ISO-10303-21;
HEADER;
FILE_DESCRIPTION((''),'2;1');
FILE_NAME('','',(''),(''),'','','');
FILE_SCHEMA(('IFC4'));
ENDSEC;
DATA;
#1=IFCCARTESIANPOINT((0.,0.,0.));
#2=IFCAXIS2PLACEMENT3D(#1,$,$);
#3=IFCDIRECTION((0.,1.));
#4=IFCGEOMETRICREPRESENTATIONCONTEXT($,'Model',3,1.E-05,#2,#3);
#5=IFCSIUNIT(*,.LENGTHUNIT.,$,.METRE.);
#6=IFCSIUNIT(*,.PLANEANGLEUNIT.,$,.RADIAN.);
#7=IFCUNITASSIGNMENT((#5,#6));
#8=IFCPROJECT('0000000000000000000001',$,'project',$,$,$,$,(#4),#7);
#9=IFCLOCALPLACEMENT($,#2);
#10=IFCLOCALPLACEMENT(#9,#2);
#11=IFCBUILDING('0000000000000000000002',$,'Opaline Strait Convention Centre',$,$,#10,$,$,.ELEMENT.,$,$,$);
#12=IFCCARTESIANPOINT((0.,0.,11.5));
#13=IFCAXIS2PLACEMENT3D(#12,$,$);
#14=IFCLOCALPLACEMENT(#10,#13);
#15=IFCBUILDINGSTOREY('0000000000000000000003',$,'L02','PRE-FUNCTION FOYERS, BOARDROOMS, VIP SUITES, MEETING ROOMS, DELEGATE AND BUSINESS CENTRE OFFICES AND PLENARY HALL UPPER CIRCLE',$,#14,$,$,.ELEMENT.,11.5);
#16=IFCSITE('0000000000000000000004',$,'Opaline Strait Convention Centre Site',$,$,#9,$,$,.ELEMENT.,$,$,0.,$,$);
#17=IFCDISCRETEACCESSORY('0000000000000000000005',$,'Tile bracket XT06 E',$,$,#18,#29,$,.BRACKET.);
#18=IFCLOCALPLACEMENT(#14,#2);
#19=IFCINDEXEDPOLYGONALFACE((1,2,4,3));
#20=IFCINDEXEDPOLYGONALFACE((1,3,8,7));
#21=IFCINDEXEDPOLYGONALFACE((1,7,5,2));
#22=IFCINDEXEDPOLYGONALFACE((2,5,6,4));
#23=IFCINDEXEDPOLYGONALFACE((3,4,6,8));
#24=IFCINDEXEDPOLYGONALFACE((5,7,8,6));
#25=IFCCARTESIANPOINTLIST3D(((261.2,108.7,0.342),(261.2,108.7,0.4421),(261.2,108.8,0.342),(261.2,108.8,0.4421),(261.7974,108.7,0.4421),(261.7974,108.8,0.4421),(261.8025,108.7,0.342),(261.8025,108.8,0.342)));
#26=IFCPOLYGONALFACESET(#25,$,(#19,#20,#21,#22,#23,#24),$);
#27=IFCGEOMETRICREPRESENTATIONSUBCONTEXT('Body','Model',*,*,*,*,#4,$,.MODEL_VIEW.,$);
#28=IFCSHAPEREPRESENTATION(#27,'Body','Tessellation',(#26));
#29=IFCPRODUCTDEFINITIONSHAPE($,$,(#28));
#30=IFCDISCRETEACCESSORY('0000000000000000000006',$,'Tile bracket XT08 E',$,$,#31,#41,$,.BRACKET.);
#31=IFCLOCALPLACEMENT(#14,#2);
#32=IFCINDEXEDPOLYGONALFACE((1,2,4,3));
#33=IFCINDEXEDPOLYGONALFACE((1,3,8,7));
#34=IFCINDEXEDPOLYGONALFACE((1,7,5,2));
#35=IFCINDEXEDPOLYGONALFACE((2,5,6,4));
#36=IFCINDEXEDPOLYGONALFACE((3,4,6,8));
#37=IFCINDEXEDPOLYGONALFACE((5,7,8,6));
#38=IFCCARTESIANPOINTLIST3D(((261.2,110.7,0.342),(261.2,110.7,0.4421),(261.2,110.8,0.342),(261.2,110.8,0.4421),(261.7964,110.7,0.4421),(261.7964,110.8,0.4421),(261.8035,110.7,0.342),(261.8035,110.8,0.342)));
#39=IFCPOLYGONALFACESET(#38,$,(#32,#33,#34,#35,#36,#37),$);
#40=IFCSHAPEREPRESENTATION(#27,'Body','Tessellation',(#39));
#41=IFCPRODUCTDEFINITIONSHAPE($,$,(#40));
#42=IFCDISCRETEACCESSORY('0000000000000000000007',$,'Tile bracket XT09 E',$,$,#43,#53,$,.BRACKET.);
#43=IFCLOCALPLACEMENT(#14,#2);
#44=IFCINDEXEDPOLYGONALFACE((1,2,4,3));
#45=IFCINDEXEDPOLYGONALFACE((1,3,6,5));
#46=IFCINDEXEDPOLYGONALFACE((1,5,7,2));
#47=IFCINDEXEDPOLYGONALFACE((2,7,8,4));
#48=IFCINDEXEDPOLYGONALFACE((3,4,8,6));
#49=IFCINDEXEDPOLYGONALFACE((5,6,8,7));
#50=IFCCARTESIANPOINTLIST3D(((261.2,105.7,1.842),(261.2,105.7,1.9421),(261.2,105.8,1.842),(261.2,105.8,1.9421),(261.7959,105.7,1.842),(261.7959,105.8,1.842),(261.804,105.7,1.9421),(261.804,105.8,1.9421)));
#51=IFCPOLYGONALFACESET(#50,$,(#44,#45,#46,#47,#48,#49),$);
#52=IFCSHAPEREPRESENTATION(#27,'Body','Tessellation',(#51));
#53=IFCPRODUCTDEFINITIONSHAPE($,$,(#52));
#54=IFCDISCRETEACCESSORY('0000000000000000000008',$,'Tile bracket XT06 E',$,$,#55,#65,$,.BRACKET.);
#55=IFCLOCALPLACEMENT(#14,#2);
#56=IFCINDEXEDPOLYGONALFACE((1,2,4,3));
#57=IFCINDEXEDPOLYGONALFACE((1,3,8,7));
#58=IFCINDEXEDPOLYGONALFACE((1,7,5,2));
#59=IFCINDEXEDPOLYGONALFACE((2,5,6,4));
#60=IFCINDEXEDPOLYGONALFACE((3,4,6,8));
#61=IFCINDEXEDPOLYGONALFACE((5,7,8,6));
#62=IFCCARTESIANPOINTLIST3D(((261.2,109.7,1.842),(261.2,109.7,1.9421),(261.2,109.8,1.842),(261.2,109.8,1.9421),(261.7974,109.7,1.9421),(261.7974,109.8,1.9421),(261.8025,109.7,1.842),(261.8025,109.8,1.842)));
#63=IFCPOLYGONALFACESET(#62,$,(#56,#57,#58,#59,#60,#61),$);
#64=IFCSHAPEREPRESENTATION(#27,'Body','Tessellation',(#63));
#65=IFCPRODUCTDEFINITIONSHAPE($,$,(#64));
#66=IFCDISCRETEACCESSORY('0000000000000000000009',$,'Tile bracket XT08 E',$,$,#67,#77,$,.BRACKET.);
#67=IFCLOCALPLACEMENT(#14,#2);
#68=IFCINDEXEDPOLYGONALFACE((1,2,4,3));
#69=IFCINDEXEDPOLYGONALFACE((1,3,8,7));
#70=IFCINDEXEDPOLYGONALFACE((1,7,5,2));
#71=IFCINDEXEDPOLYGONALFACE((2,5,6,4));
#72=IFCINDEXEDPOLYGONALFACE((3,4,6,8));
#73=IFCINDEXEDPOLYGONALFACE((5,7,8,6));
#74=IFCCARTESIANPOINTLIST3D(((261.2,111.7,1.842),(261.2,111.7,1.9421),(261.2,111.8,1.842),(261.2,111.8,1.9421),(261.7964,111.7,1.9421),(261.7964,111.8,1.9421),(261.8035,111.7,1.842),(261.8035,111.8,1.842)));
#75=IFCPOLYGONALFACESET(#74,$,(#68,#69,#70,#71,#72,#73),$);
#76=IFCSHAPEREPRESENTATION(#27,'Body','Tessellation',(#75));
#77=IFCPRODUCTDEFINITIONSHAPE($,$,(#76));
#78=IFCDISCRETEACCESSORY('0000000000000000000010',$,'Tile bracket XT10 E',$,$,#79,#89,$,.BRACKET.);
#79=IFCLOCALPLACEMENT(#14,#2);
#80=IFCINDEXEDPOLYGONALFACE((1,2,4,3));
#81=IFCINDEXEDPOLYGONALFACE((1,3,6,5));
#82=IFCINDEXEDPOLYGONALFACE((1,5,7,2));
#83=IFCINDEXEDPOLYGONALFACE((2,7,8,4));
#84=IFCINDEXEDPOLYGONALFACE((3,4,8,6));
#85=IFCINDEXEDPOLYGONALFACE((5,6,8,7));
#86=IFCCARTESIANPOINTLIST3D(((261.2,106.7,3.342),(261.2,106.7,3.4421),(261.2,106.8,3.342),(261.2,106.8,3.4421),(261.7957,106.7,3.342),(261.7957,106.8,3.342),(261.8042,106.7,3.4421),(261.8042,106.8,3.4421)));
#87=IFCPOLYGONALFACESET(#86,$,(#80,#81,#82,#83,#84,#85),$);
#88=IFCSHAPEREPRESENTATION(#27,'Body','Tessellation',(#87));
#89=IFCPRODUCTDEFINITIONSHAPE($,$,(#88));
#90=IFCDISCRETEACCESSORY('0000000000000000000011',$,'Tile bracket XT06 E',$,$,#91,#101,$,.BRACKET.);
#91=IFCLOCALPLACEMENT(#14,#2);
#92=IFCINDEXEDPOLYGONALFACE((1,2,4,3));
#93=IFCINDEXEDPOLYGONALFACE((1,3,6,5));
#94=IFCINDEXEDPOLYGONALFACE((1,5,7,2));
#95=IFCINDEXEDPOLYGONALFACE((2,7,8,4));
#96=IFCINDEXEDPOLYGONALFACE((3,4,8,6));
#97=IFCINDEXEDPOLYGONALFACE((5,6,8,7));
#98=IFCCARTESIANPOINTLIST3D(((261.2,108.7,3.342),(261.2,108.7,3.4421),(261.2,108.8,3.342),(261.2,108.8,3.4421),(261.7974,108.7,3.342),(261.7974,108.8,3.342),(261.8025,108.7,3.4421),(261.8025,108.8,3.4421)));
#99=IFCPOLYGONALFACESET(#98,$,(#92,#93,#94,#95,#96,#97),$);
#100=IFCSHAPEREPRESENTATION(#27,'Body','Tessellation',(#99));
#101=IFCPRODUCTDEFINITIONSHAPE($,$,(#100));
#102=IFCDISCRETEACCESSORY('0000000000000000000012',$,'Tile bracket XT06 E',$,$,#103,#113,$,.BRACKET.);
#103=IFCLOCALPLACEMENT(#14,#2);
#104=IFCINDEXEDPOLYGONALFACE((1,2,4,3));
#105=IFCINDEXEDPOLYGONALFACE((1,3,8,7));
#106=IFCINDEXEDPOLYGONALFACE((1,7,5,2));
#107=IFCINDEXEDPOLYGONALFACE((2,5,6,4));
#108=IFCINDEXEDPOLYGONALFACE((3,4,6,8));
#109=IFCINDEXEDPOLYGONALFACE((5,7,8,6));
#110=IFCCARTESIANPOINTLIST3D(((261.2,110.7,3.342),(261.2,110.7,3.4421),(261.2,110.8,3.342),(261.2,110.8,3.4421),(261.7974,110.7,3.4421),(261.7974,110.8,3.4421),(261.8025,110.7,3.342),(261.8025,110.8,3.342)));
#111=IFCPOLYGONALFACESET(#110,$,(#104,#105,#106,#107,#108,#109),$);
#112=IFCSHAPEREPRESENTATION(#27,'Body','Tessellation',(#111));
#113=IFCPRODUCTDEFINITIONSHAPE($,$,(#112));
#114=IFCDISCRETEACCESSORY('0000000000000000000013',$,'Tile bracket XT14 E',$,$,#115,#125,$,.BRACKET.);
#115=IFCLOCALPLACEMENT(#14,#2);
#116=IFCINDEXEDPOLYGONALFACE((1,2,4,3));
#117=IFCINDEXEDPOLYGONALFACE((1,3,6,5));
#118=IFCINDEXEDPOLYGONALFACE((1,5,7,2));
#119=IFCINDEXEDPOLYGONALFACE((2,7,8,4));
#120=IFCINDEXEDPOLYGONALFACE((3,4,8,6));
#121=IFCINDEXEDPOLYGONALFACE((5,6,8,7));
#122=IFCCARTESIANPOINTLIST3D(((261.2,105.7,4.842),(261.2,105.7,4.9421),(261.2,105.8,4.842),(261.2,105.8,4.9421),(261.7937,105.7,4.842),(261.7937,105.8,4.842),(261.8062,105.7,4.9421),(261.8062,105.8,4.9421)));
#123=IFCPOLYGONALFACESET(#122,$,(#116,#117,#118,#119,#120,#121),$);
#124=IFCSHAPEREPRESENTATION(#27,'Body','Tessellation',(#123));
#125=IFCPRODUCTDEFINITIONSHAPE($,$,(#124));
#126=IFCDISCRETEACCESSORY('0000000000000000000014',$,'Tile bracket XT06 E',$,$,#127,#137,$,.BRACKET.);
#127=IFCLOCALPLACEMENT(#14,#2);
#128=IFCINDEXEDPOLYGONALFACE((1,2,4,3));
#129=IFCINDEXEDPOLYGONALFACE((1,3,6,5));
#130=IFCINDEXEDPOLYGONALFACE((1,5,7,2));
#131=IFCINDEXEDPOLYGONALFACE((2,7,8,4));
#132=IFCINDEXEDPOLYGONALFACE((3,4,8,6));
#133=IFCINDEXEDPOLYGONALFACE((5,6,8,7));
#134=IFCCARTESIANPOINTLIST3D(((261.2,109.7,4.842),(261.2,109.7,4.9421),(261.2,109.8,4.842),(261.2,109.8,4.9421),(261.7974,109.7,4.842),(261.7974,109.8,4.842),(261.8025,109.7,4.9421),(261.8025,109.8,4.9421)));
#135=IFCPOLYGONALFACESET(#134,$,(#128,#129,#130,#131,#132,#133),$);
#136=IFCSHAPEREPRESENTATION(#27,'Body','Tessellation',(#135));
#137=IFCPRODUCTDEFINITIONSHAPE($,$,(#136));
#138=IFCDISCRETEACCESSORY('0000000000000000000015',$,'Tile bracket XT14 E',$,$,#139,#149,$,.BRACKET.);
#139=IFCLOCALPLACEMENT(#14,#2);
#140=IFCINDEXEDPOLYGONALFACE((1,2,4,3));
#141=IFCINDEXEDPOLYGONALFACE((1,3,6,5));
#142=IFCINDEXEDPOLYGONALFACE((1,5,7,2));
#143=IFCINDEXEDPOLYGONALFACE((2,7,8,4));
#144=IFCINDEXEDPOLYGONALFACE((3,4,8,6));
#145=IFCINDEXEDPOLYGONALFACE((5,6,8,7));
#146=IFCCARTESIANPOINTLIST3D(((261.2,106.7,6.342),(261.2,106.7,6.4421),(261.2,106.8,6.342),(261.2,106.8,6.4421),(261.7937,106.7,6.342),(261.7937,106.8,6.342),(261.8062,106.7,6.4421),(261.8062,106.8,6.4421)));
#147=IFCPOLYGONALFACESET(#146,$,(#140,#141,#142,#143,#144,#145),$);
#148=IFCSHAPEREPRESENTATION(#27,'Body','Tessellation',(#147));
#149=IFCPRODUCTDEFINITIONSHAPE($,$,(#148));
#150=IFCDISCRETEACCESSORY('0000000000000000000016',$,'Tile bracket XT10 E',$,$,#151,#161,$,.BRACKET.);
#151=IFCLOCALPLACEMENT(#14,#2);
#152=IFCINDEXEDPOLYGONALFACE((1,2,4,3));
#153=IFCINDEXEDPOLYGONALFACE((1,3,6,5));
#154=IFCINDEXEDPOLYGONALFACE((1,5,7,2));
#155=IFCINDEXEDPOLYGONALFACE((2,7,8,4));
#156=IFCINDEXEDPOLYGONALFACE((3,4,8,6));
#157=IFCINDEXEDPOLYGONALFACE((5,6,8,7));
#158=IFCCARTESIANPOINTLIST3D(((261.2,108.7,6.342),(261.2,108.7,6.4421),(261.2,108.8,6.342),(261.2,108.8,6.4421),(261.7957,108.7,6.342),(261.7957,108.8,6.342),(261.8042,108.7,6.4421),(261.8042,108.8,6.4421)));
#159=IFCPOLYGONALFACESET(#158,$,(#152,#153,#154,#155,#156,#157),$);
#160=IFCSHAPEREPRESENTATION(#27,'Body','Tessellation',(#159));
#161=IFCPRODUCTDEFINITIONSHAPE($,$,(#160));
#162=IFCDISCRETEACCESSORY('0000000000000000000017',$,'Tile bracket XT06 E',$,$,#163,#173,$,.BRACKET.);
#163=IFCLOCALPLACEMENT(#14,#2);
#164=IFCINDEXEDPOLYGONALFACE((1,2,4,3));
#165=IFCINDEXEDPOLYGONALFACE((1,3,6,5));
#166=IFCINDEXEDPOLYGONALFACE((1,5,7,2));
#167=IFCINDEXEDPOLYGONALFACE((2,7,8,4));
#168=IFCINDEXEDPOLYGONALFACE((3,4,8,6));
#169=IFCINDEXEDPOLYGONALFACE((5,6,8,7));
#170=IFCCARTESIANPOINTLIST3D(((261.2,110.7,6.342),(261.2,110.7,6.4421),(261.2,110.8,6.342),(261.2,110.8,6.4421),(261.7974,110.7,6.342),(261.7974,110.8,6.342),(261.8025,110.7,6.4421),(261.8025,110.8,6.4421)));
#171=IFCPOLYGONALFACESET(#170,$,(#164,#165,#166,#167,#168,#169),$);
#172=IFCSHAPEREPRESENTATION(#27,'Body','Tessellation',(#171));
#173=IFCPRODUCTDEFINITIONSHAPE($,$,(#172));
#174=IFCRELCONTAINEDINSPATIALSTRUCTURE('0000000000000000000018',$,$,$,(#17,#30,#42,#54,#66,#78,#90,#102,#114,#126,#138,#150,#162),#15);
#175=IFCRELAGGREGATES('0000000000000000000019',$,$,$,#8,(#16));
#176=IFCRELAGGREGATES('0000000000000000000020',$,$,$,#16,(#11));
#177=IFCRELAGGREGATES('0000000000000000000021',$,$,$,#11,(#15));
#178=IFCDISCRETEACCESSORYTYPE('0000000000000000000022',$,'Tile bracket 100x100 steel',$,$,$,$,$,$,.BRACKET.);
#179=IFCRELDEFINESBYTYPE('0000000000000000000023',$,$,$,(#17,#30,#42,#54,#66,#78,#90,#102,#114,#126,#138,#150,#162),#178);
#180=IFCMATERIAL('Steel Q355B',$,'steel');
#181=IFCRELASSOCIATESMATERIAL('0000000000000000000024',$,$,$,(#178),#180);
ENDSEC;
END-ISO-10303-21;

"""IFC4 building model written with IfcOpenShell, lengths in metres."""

from ifc_helpers import new_model, si_unit, direction, frame, origin, place, context, subcontext, project, spatial, polyline, outline, extrude, material, type_object, element, save


model = new_model("IFC4")

# Units and contexts
model_context = context("Model", 3, precision=1e-05, world=origin(), true_north=direction((0.0, 1.0)))
body_context = subcontext(model_context, "Body", "Model", "MODEL_VIEW")
ifc_project = project(units=[si_unit("LENGTHUNIT", "METRE"), si_unit("PLANEANGLEUNIT", "RADIAN")], contexts=[model_context])

# Site, building, storey
site_placement = place(None, origin())
site = spatial("IfcSite", under=ifc_project, at=site_placement, Name="Opaline Strait Convention Centre Site", CompositionType="ELEMENT", RefElevation=0.0)
building_placement = place(site_placement, origin())
building = spatial("IfcBuilding", under=site, at=building_placement, Name="Opaline Strait Convention Centre", CompositionType="ELEMENT")
storey_placement = place(building_placement, frame((0.0, 0.0, 11.5)))
storey = spatial("IfcBuildingStorey", under=building, at=storey_placement, Name="L02", Description="PRE-FUNCTION FOYERS, BOARDROOMS, VIP SUITES, MEETING ROOMS, DELEGATE AND BUSINESS CENTRE OFFICES AND PLENARY HALL UPPER CIRCLE", CompositionType="ELEMENT", Elevation=11.5)

# Shared definitions
ifc_material_1 = material(Name="Steel Q355B", Category="steel")

# Discrete accessories
discrete_accessory_type = type_object("IfcDiscreteAccessoryType", Name="Tile bracket 100x100 steel", PredefinedType="BRACKET", material=ifc_material_1)
discrete_accessory_1_placement = place(storey_placement, frame((261.2, 108.7, 0.3921), z_axis=(0.0, 1.0, 0.0), x_axis=(-1.0, 0.0, 0.0)))
element("IfcDiscreteAccessory", 1, at=discrete_accessory_1_placement, inside=storey, type_object=discrete_accessory_type, Name="Tile bracket XT06 E", PredefinedType="BRACKET", context=body_context, shape_type="SweptSolid", body=[
    extrude(outline(polyline([(0.0, -0.05), (0.0, 0.05), (-0.5974, 0.05), (-0.6025, -0.05), (0.0, -0.05)])), origin(), (0.0, 0.0, 1.0), 0.1001),
])
discrete_accessory_2_placement = place(storey_placement, frame((261.2, 110.7, 0.3921), z_axis=(0.0, 1.0, 0.0), x_axis=(-1.0, 0.0, 0.0)))
element("IfcDiscreteAccessory", 2, at=discrete_accessory_2_placement, inside=storey, type_object=discrete_accessory_type, Name="Tile bracket XT08 E", PredefinedType="BRACKET", context=body_context, shape_type="SweptSolid", body=[
    extrude(outline(polyline([(0.0, -0.05), (0.0, 0.05), (-0.5964, 0.05), (-0.6035, -0.05), (0.0, -0.05)])), origin(), (0.0, 0.0, 1.0), 0.1001),
])
discrete_accessory_3_placement = place(storey_placement, frame((261.2, 105.7, 1.8921), z_axis=(0.0, 1.0, 0.0), x_axis=(-1.0, 0.0, 0.0)))
element("IfcDiscreteAccessory", 3, at=discrete_accessory_3_placement, inside=storey, type_object=discrete_accessory_type, Name="Tile bracket XT09 E", PredefinedType="BRACKET", context=body_context, shape_type="SweptSolid", body=[
    extrude(outline(polyline([(0.0, -0.05), (0.0, 0.05), (-0.604, 0.05), (-0.5959, -0.05), (0.0, -0.05)])), origin(), (0.0, 0.0, 1.0), 0.1001),
])
discrete_accessory_4_placement = place(storey_placement, frame((261.2, 109.7, 1.8921), z_axis=(0.0, 1.0, 0.0), x_axis=(-1.0, 0.0, 0.0)))
element("IfcDiscreteAccessory", 4, at=discrete_accessory_4_placement, inside=storey, type_object=discrete_accessory_type, Name="Tile bracket XT06 E", PredefinedType="BRACKET", context=body_context, shape_type="SweptSolid", body=[
    extrude(outline(polyline([(0.0, -0.05), (0.0, 0.05), (-0.5974, 0.05), (-0.6025, -0.05), (0.0, -0.05)])), origin(), (0.0, 0.0, 1.0), 0.1001),
])
discrete_accessory_5_placement = place(storey_placement, frame((261.2, 111.7, 1.8921), z_axis=(0.0, 1.0, 0.0), x_axis=(-1.0, 0.0, 0.0)))
element("IfcDiscreteAccessory", 5, at=discrete_accessory_5_placement, inside=storey, type_object=discrete_accessory_type, Name="Tile bracket XT08 E", PredefinedType="BRACKET", context=body_context, shape_type="SweptSolid", body=[
    extrude(outline(polyline([(0.0, -0.05), (0.0, 0.05), (-0.5964, 0.05), (-0.6035, -0.05), (0.0, -0.05)])), origin(), (0.0, 0.0, 1.0), 0.1001),
])
discrete_accessory_6_placement = place(storey_placement, frame((261.2, 106.7, 3.3921), z_axis=(0.0, 1.0, 0.0), x_axis=(-1.0, 0.0, 0.0)))
element("IfcDiscreteAccessory", 6, at=discrete_accessory_6_placement, inside=storey, type_object=discrete_accessory_type, Name="Tile bracket XT10 E", PredefinedType="BRACKET", context=body_context, shape_type="SweptSolid", body=[
    extrude(outline(polyline([(0.0, -0.05), (0.0, 0.05), (-0.6042, 0.05), (-0.5957, -0.05), (0.0, -0.05)])), origin(), (0.0, 0.0, 1.0), 0.1001),
])
discrete_accessory_7_placement = place(storey_placement, frame((261.2, 108.7, 3.3921), z_axis=(0.0, 1.0, 0.0), x_axis=(-1.0, 0.0, 0.0)))
element("IfcDiscreteAccessory", 7, at=discrete_accessory_7_placement, inside=storey, type_object=discrete_accessory_type, Name="Tile bracket XT06 E", PredefinedType="BRACKET", context=body_context, shape_type="SweptSolid", body=[
    extrude(outline(polyline([(0.0, -0.05), (0.0, 0.05), (-0.6025, 0.05), (-0.5974, -0.05), (0.0, -0.05)])), origin(), (0.0, 0.0, 1.0), 0.1001),
])
discrete_accessory_8_placement = place(storey_placement, frame((261.2, 110.7, 3.3921), z_axis=(0.0, 1.0, 0.0), x_axis=(-1.0, 0.0, 0.0)))
element("IfcDiscreteAccessory", 8, at=discrete_accessory_8_placement, inside=storey, type_object=discrete_accessory_type, Name="Tile bracket XT06 E", PredefinedType="BRACKET", context=body_context, shape_type="SweptSolid", body=[
    extrude(outline(polyline([(0.0, -0.05), (0.0, 0.05), (-0.5974, 0.05), (-0.6025, -0.05), (0.0, -0.05)])), origin(), (0.0, 0.0, 1.0), 0.1001),
])
discrete_accessory_9_placement = place(storey_placement, frame((261.2, 105.7, 4.8921), z_axis=(0.0, 1.0, 0.0), x_axis=(-1.0, 0.0, 0.0)))
element("IfcDiscreteAccessory", 9, at=discrete_accessory_9_placement, inside=storey, type_object=discrete_accessory_type, Name="Tile bracket XT14 E", PredefinedType="BRACKET", context=body_context, shape_type="SweptSolid", body=[
    extrude(outline(polyline([(0.0, -0.05), (0.0, 0.05), (-0.6062, 0.05), (-0.5938, -0.05), (0.0, -0.05)])), origin(), (0.0, 0.0, 1.0), 0.1001),
])
discrete_accessory_10_placement = place(storey_placement, frame((261.2, 109.7, 4.8921), z_axis=(0.0, 1.0, 0.0), x_axis=(-1.0, 0.0, 0.0)))
element("IfcDiscreteAccessory", 10, at=discrete_accessory_10_placement, inside=storey, type_object=discrete_accessory_type, Name="Tile bracket XT06 E", PredefinedType="BRACKET", context=body_context, shape_type="SweptSolid", body=[
    extrude(outline(polyline([(0.0, -0.05), (0.0, 0.05), (-0.6025, 0.05), (-0.5974, -0.05), (0.0, -0.05)])), origin(), (0.0, 0.0, 1.0), 0.1001),
])
discrete_accessory_11_placement = place(storey_placement, frame((261.2, 106.7, 6.3921), z_axis=(0.0, 1.0, 0.0), x_axis=(-1.0, 0.0, 0.0)))
element("IfcDiscreteAccessory", 11, at=discrete_accessory_11_placement, inside=storey, type_object=discrete_accessory_type, Name="Tile bracket XT14 E", PredefinedType="BRACKET", context=body_context, shape_type="SweptSolid", body=[
    extrude(outline(polyline([(0.0, -0.05), (0.0, 0.05), (-0.6062, 0.05), (-0.5938, -0.05), (0.0, -0.05)])), origin(), (0.0, 0.0, 1.0), 0.1001),
])
discrete_accessory_12_placement = place(storey_placement, frame((261.2, 108.7, 6.3921), z_axis=(0.0, 1.0, 0.0), x_axis=(-1.0, 0.0, 0.0)))
element("IfcDiscreteAccessory", 12, at=discrete_accessory_12_placement, inside=storey, type_object=discrete_accessory_type, Name="Tile bracket XT10 E", PredefinedType="BRACKET", context=body_context, shape_type="SweptSolid", body=[
    extrude(outline(polyline([(0.0, -0.05), (0.0, 0.05), (-0.6042, 0.05), (-0.5957, -0.05), (0.0, -0.05)])), origin(), (0.0, 0.0, 1.0), 0.1001),
])
discrete_accessory_13_placement = place(storey_placement, frame((261.2, 110.7, 6.3921), z_axis=(0.0, 1.0, 0.0), x_axis=(-1.0, 0.0, 0.0)))
element("IfcDiscreteAccessory", 13, at=discrete_accessory_13_placement, inside=storey, type_object=discrete_accessory_type, Name="Tile bracket XT06 E", PredefinedType="BRACKET", context=body_context, shape_type="SweptSolid", body=[
    extrude(outline(polyline([(0.0, -0.05), (0.0, 0.05), (-0.6025, 0.05), (-0.5974, -0.05), (0.0, -0.05)])), origin(), (0.0, 0.0, 1.0), 0.1001),
])

save(model, "model.ifc")
